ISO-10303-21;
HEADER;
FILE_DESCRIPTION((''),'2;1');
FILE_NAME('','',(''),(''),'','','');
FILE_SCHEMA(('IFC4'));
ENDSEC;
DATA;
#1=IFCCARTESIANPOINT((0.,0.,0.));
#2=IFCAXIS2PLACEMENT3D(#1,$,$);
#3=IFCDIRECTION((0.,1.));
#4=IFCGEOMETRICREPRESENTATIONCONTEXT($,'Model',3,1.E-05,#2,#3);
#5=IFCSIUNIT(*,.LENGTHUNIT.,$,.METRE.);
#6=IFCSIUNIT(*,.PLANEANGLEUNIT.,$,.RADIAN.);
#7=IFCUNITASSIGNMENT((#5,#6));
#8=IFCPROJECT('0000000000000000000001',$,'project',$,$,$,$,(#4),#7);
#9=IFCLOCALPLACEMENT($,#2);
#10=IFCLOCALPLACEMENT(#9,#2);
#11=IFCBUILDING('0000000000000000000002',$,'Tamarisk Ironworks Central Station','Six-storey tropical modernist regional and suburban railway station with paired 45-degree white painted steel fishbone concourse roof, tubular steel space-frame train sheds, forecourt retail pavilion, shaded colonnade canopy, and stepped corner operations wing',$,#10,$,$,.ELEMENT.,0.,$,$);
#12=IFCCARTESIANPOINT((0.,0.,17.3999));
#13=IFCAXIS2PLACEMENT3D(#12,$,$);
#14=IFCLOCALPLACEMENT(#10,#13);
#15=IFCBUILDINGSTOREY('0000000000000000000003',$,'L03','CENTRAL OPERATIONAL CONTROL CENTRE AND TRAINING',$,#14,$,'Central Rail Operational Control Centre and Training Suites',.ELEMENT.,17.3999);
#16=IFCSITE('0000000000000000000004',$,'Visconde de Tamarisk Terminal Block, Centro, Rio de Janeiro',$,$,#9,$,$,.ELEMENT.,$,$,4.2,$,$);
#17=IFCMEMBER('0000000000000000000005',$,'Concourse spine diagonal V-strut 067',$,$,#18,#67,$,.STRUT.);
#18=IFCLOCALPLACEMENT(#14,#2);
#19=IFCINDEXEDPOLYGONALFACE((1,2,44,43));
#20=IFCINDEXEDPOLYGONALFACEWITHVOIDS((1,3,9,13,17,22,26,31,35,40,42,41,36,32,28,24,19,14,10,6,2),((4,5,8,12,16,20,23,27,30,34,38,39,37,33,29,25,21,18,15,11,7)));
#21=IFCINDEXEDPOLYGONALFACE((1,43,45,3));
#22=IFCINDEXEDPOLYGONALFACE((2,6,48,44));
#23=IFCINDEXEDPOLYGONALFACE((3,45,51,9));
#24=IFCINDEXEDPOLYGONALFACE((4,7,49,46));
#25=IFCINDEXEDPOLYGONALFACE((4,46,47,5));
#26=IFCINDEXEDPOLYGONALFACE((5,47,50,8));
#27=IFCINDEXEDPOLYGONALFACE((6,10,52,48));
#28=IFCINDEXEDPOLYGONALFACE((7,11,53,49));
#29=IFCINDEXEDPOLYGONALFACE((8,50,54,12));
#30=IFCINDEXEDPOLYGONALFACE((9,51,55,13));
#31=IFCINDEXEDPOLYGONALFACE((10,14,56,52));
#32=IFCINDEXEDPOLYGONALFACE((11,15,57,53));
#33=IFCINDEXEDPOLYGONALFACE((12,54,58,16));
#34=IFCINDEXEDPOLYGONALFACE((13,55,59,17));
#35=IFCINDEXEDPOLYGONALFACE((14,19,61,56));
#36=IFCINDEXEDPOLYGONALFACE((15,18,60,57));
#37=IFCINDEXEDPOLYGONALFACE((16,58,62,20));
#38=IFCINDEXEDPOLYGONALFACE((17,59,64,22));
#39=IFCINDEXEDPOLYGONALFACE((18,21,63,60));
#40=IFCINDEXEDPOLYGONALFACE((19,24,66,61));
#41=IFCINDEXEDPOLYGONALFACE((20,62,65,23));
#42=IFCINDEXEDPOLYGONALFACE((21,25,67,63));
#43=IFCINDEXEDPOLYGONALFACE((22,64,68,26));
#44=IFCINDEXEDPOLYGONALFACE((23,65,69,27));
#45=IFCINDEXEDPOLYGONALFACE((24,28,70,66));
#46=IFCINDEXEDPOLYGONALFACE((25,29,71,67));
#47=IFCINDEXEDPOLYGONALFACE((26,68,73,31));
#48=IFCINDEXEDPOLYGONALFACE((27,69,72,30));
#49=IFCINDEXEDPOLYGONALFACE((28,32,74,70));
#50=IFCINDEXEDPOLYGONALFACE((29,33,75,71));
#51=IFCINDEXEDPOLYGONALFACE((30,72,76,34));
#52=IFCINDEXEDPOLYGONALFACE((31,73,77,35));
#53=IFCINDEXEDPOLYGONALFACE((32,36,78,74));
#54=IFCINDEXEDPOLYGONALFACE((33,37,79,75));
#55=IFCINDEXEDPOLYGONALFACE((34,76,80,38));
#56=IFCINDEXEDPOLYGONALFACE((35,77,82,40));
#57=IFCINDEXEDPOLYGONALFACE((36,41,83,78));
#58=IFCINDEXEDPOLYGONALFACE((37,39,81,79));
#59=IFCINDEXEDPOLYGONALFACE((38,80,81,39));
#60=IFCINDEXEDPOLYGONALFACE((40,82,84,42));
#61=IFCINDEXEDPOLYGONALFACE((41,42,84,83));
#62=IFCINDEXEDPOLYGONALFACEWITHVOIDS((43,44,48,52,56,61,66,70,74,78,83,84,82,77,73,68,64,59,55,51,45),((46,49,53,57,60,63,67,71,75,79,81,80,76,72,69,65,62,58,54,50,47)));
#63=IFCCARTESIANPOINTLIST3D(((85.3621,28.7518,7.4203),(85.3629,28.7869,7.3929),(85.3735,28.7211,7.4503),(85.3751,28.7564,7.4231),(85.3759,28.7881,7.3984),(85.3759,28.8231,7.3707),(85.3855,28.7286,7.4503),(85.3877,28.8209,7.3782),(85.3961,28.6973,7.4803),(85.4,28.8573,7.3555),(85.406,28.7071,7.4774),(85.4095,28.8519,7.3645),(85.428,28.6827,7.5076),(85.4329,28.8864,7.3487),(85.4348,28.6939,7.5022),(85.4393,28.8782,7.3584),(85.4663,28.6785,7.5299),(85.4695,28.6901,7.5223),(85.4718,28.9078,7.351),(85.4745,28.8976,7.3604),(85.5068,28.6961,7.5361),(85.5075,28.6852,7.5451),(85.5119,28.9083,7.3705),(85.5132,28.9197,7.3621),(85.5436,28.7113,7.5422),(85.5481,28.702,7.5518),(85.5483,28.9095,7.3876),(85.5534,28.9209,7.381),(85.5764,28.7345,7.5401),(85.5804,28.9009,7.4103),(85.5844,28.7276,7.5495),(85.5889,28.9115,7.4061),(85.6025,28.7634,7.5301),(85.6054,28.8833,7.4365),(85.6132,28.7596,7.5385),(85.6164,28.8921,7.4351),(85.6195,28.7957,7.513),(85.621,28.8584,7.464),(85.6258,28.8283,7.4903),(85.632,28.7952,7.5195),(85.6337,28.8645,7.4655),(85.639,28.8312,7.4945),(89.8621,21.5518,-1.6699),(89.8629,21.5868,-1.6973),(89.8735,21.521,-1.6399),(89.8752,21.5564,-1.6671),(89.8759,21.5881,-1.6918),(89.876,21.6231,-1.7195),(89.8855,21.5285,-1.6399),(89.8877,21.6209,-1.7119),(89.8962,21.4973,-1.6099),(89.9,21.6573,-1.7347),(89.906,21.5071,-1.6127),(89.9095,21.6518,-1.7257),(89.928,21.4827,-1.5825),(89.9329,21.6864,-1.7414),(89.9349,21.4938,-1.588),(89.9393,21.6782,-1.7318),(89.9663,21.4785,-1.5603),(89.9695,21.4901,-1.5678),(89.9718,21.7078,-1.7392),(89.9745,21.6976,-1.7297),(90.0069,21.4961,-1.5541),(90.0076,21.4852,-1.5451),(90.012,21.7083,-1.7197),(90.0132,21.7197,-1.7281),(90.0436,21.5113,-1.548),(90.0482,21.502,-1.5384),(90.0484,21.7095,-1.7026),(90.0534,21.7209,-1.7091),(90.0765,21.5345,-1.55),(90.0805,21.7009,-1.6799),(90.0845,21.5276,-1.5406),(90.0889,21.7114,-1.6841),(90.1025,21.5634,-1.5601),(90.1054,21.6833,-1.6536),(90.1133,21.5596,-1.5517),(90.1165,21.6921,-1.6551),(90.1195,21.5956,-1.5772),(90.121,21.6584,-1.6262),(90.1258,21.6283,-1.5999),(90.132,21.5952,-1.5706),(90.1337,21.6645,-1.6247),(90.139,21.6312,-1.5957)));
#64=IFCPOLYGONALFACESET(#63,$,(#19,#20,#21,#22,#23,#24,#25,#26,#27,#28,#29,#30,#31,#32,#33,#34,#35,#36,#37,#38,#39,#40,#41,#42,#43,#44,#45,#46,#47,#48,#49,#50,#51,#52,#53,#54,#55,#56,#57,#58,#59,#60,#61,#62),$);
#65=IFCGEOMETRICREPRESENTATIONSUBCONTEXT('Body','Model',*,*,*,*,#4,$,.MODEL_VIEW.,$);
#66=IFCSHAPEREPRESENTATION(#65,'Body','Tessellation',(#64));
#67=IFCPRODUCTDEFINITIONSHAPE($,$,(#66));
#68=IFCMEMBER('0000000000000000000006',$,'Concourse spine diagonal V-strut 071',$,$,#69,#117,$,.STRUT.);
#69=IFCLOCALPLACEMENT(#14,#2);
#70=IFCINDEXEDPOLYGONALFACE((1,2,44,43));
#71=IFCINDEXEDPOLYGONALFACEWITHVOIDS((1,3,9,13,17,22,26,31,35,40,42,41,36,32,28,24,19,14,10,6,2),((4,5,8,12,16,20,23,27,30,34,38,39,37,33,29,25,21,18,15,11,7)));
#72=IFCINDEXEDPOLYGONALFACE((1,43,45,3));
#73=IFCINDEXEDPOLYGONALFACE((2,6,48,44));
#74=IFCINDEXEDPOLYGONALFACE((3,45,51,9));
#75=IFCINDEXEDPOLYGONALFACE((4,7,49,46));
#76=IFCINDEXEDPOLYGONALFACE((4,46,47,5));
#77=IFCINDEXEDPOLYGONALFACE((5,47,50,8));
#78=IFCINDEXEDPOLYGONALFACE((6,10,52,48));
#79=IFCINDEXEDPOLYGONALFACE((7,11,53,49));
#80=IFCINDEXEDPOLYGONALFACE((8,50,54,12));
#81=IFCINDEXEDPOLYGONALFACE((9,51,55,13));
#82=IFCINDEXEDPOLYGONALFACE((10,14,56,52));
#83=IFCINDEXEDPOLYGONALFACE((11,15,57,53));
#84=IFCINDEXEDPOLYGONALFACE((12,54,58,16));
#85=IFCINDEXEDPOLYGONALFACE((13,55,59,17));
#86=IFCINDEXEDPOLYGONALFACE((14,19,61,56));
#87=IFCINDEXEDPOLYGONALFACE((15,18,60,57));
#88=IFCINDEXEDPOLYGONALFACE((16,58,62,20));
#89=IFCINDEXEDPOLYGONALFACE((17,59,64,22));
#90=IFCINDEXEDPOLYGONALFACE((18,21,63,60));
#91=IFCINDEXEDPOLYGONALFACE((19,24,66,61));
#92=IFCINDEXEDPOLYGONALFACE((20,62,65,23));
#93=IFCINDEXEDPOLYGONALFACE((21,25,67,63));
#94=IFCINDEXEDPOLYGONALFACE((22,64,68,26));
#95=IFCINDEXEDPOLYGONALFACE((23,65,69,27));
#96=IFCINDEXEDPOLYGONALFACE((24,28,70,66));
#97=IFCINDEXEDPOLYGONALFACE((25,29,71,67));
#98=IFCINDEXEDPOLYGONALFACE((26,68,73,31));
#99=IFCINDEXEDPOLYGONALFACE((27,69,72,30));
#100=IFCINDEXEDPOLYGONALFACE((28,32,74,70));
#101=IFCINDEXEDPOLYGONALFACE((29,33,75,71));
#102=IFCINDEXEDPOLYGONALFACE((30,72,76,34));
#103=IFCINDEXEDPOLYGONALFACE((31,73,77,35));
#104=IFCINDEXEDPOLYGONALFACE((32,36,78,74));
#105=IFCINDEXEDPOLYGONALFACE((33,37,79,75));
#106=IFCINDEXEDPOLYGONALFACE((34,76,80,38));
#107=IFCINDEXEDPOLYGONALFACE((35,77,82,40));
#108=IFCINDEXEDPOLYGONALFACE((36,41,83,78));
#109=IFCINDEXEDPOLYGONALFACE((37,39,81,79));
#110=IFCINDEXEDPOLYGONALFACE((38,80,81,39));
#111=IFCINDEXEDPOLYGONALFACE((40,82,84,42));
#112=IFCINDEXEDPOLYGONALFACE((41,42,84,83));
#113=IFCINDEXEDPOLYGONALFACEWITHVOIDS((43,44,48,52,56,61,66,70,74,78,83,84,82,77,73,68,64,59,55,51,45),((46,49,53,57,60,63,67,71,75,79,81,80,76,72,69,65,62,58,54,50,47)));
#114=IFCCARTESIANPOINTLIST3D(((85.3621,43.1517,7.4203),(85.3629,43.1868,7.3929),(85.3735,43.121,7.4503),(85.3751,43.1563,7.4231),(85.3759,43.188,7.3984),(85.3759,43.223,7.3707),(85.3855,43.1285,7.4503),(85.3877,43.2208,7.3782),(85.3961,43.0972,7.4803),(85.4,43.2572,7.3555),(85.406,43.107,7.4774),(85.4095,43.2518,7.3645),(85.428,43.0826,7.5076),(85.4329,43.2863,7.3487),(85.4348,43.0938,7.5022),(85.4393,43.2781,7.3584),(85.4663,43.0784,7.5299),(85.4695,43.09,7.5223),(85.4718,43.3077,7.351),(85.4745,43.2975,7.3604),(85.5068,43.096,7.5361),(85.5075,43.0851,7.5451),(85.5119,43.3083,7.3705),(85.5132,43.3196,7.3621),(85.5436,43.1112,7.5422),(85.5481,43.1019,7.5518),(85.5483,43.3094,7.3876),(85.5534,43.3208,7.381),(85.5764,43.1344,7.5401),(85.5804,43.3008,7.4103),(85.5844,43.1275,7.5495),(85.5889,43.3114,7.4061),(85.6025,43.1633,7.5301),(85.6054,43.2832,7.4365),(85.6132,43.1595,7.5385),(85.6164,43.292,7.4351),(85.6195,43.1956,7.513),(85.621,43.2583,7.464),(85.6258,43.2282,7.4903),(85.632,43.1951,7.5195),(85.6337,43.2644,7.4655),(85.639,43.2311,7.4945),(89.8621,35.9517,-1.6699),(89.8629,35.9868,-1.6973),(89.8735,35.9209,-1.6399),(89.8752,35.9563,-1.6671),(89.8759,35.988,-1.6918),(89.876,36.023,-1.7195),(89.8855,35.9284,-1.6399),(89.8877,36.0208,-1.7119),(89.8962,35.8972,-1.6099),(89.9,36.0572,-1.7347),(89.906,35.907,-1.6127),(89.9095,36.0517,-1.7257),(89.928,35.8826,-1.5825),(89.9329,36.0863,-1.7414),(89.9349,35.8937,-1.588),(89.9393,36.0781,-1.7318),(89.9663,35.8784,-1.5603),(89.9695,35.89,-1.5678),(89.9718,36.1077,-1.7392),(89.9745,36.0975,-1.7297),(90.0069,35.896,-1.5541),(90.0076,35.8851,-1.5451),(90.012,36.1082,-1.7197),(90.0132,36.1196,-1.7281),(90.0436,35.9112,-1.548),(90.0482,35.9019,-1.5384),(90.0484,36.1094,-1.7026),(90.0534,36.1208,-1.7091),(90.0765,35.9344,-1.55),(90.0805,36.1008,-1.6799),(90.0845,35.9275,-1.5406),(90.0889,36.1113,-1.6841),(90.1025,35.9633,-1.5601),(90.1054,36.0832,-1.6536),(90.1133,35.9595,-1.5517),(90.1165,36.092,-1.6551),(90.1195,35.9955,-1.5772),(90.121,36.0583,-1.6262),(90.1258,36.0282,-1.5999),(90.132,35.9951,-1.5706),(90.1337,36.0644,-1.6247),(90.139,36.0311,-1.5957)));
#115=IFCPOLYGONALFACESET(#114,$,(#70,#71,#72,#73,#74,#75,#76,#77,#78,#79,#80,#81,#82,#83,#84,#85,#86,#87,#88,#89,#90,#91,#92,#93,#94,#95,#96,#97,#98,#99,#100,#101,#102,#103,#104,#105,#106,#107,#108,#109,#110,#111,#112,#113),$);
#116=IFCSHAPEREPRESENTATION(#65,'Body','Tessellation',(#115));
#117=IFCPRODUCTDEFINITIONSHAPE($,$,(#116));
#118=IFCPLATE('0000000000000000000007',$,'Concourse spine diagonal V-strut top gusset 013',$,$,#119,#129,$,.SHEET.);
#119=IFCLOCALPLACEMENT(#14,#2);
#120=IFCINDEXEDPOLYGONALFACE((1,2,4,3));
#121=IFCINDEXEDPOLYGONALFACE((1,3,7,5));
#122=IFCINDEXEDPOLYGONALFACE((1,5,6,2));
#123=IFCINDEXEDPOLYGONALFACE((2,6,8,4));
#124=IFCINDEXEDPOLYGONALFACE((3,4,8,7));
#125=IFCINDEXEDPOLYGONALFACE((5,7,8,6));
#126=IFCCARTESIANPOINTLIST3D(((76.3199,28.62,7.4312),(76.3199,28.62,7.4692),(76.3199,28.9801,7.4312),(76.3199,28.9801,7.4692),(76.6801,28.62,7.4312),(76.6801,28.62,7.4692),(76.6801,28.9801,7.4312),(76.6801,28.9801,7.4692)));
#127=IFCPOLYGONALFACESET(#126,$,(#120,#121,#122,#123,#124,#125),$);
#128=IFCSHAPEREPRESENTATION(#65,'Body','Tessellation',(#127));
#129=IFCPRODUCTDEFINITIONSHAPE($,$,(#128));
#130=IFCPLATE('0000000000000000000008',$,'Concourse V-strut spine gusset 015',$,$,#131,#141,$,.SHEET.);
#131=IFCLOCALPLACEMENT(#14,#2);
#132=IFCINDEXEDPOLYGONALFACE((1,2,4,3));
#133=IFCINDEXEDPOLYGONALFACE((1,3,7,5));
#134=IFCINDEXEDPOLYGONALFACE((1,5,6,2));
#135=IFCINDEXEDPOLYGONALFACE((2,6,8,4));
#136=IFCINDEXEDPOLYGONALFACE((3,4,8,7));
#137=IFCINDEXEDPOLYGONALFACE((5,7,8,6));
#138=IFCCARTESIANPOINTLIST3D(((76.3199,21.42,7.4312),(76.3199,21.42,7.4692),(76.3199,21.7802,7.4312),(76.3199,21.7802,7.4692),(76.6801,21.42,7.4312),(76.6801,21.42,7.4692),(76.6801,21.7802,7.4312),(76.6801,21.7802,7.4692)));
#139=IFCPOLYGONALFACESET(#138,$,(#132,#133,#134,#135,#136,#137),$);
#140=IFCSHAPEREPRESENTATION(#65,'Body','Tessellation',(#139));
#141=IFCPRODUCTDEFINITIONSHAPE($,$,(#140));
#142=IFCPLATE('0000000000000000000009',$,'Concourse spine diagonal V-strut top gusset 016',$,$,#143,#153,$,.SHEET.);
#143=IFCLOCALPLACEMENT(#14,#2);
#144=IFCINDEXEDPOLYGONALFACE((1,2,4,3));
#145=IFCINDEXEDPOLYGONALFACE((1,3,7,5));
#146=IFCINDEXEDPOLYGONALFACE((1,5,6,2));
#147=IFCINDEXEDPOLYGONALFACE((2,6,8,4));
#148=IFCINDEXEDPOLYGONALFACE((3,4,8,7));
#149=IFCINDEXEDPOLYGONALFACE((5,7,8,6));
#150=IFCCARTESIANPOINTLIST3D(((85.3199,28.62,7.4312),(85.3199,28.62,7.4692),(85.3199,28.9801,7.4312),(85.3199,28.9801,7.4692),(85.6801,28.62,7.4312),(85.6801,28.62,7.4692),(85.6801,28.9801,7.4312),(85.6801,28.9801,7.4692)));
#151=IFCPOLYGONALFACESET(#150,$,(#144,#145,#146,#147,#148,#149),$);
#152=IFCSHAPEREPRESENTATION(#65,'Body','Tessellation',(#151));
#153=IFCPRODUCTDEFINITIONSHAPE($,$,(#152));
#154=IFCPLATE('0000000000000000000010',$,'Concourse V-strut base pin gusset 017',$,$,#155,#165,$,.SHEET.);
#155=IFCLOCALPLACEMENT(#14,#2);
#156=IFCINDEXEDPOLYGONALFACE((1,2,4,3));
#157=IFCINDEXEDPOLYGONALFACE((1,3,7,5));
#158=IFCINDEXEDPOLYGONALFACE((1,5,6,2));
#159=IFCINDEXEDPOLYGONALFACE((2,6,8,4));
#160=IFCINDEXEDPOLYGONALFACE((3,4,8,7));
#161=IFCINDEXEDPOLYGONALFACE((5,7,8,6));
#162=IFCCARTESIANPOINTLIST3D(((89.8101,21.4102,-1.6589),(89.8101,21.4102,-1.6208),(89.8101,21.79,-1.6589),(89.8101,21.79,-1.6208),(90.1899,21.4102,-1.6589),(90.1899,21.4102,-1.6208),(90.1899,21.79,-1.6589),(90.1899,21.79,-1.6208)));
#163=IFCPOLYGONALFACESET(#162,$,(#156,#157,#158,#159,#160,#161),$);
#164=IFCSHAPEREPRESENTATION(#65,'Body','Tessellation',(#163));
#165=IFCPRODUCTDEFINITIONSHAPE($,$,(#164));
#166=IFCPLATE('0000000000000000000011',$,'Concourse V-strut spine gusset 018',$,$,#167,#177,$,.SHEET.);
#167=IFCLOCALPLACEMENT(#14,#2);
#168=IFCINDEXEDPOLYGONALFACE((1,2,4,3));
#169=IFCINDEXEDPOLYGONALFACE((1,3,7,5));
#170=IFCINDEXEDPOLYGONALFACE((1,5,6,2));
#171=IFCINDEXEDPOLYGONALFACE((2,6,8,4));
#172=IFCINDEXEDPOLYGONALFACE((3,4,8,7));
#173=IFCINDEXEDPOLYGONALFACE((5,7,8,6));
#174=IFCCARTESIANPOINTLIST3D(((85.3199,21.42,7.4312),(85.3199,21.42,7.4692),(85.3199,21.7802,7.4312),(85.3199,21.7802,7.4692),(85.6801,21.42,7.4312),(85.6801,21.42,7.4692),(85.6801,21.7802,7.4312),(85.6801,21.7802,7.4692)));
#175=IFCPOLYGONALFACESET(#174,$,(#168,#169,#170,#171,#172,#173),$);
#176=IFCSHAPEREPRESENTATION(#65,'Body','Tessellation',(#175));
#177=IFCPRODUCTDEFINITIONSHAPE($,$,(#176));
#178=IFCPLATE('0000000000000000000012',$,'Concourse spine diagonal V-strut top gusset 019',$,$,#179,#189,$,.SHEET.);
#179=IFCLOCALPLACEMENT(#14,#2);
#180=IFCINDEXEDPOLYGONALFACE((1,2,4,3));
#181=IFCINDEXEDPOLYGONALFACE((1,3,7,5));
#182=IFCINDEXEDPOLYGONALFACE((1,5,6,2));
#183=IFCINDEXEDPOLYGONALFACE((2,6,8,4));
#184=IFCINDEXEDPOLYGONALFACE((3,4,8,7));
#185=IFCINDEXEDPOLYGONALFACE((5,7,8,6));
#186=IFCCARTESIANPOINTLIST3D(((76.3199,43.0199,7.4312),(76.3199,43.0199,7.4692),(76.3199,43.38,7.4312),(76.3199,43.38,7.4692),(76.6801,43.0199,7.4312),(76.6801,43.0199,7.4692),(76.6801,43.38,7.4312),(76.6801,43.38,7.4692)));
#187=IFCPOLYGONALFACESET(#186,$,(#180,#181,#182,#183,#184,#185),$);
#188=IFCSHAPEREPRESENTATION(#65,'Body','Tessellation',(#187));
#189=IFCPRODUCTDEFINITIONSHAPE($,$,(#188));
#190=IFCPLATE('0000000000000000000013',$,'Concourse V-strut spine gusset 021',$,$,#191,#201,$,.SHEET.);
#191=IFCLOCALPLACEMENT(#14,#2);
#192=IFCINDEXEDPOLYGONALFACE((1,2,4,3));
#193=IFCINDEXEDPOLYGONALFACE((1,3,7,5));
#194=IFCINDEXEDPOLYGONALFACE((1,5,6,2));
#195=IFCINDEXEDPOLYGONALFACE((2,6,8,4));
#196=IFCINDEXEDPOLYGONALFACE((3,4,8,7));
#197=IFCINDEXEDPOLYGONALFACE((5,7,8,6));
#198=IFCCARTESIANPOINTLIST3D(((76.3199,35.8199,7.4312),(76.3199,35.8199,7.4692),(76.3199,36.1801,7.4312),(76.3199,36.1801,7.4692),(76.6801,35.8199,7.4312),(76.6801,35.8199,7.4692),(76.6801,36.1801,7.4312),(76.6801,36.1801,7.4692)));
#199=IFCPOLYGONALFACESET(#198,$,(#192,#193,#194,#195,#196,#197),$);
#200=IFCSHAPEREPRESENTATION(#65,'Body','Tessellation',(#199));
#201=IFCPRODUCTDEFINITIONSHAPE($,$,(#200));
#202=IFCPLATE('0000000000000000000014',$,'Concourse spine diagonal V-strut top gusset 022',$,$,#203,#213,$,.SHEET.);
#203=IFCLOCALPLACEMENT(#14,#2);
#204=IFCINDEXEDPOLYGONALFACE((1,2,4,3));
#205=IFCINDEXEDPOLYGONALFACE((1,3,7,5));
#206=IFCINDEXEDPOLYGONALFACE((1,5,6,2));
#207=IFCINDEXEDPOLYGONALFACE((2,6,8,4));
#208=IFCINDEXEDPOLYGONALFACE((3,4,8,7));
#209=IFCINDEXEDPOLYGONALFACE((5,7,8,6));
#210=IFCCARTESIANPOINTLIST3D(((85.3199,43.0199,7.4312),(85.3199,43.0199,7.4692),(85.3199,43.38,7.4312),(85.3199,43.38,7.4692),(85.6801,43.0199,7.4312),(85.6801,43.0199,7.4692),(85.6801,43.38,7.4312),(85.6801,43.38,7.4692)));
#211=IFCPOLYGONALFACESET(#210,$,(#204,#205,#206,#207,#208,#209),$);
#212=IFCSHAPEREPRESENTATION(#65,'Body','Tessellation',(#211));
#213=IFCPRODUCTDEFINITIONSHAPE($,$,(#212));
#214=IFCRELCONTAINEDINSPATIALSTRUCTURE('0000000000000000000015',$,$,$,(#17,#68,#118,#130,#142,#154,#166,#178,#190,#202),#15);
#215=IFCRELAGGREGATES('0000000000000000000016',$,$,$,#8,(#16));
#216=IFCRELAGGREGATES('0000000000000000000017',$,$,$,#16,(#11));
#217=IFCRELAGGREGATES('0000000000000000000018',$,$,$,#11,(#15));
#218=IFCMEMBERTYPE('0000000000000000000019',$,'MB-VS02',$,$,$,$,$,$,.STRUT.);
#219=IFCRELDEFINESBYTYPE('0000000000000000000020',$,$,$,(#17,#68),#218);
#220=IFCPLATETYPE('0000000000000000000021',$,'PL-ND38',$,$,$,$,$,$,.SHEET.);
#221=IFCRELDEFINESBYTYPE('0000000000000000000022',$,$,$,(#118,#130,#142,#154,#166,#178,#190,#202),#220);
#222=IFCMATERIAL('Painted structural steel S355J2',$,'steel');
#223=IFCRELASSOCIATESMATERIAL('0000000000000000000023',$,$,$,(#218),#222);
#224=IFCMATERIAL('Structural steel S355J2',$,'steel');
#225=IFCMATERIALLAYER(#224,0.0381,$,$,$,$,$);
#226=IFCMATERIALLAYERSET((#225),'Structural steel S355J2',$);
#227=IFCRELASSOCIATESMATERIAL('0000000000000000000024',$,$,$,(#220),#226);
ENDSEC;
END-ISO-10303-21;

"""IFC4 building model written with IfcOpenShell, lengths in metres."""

from ifc_helpers import new_model, si_unit, direction, frame, origin, origin_2d, place, context, subcontext, project, spatial, rectangle, hollow_circle, extrude, material, layer, layer_set, material_profile, profile_set, type_object, element, save


model = new_model("IFC4")

# Units and contexts
model_context = context("Model", 3, precision=1e-05, world=origin(), true_north=direction((0.0, 1.0)))
body_context = subcontext(model_context, "Body", "Model", "MODEL_VIEW")
ifc_project = project(units=[si_unit("LENGTHUNIT", "METRE"), si_unit("PLANEANGLEUNIT", "RADIAN")], contexts=[model_context])

# Site, building, storey
site_placement = place(None, origin())
site = spatial("IfcSite", under=ifc_project, at=site_placement, Name="Visconde de Tamarisk Terminal Block, Centro, Rio de Janeiro", CompositionType="ELEMENT", RefElevation=4.2)
building_placement = place(site_placement, origin())
building = spatial("IfcBuilding", under=site, at=building_placement, Name="Tamarisk Ironworks Central Station", Description="Six-storey tropical modernist regional and suburban railway station with paired 45-degree white painted steel fishbone concourse roof, tubular steel space-frame train sheds, forecourt retail pavilion, shaded colonnade canopy, and stepped corner operations wing", CompositionType="ELEMENT", ElevationOfRefHeight=0.0)
storey_placement = place(building_placement, frame((0.0, 0.0, 17.3999)))
storey = spatial("IfcBuildingStorey", under=building, at=storey_placement, Name="L03", Description="CENTRAL OPERATIONAL CONTROL CENTRE AND TRAINING", LongName="Central Rail Operational Control Centre and Training Suites", CompositionType="ELEMENT", Elevation=17.3999)

# Shared definitions
ifc_material_1 = material(Name="Painted structural steel S355J2", Category="steel")
ifc_material_2 = material(Name="Structural steel S355J2", Category="steel")

# Members
ifc_material_profile_1 = material_profile(ifc_material_1, hollow_circle(Radius=0.1492, WallThickness=0.0142, at=origin_2d()), Name="CHS 298.5x14.2")
ifc_profile_set_1 = profile_set([ifc_material_profile_1], Name="Painted structural steel S355J2")
member_type_1 = type_object("IfcMemberType", Name="MB-VS02", PredefinedType="STRUT", material=ifc_profile_set_1)
for number, where, z_axis, x_axis, name in (
    (1, (90.0, 21.6001, -1.6399), (-0.361777, 0.578839, 0.730796), (-0.847997, -0.530002, 0.0), "Concourse spine diagonal V-strut 067"),
    (2, (90.0, 36.0, -1.6399), (-0.361777, 0.578839, 0.730796), (-0.847997, -0.530002, 0.0), "Concourse spine diagonal V-strut 071"),
):
    element("IfcMember", number, at=place(storey_placement, frame(where, z_axis=z_axis, x_axis=x_axis)), inside=storey, type_object=member_type_1, Name=name, PredefinedType="STRUT", context=body_context, shape_type="SweptSolid", body=[
        extrude(hollow_circle(Radius=0.1492, WallThickness=0.0142, at=origin_2d()), origin(), (0.0, 0.0, 1.0), 12.4387),
    ])

# Plates
ifc_layer = layer(ifc_material_2, 0.0381)
ifc_layer_set = layer_set([ifc_layer], Name="Structural steel S355J2")
plate_type = type_object("IfcPlateType", Name="PL-ND38", PredefinedType="SHEET", material=ifc_layer_set)
for number, where, z_axis, x_axis, name in (
    (3, (76.5, 28.8, 7.4312), (0.0, 0.0, 1.0), (1.0, 0.0, 0.0), "Concourse spine diagonal V-strut top gusset 013"),
    (4, (76.5, 21.6001, 7.4312), (0.0, 0.0, 1.0), (1.0, 0.0, 0.0), "Concourse V-strut spine gusset 015"),
    (5, (85.5, 28.8, 7.4312), (0.0, 0.0, 1.0), (1.0, 0.0, 0.0), "Concourse spine diagonal V-strut top gusset 016"),
):
    element("IfcPlate", number, at=place(storey_placement, frame(where, z_axis=z_axis, x_axis=x_axis)), inside=storey, type_object=plate_type, Name=name, PredefinedType="SHEET", context=body_context, shape_type="SweptSolid", body=[
        extrude(rectangle(XDim=0.3601, YDim=0.3601, at=origin_2d()), origin(), (0.0, 0.0, 1.0), 0.0381),
    ])
plate_1_placement = place(storey_placement, frame((90.0, 21.6001, -1.6589), z_axis=(0.0, 0.0, 1.0), x_axis=(1.0, 0.0, 0.0)))
element("IfcPlate", 6, at=plate_1_placement, inside=storey, type_object=plate_type, Name="Concourse V-strut base pin gusset 017", PredefinedType="SHEET", context=body_context, shape_type="SweptSolid", body=[
    extrude(rectangle(XDim=0.3799, YDim=0.3799, at=origin_2d()), origin(), (0.0, 0.0, 1.0), 0.0381),
])
for number, where, z_axis, x_axis, name in (
    (7, (85.5, 21.6001, 7.4312), (0.0, 0.0, 1.0), (1.0, 0.0, 0.0), "Concourse V-strut spine gusset 018"),
    (8, (76.5, 43.2, 7.4312), (0.0, 0.0, 1.0), (1.0, 0.0, 0.0), "Concourse spine diagonal V-strut top gusset 019"),
    (9, (76.5, 36.0, 7.4312), (0.0, 0.0, 1.0), (1.0, 0.0, 0.0), "Concourse V-strut spine gusset 021"),
    (10, (85.5, 43.2, 7.4312), (0.0, 0.0, 1.0), (1.0, 0.0, 0.0), "Concourse spine diagonal V-strut top gusset 022"),
):
    element("IfcPlate", number, at=place(storey_placement, frame(where, z_axis=z_axis, x_axis=x_axis)), inside=storey, type_object=plate_type, Name=name, PredefinedType="SHEET", context=body_context, shape_type="SweptSolid", body=[
        extrude(rectangle(XDim=0.3601, YDim=0.3601, at=origin_2d()), origin(), (0.0, 0.0, 1.0), 0.0381),
    ])

save(model, "model.ifc")
